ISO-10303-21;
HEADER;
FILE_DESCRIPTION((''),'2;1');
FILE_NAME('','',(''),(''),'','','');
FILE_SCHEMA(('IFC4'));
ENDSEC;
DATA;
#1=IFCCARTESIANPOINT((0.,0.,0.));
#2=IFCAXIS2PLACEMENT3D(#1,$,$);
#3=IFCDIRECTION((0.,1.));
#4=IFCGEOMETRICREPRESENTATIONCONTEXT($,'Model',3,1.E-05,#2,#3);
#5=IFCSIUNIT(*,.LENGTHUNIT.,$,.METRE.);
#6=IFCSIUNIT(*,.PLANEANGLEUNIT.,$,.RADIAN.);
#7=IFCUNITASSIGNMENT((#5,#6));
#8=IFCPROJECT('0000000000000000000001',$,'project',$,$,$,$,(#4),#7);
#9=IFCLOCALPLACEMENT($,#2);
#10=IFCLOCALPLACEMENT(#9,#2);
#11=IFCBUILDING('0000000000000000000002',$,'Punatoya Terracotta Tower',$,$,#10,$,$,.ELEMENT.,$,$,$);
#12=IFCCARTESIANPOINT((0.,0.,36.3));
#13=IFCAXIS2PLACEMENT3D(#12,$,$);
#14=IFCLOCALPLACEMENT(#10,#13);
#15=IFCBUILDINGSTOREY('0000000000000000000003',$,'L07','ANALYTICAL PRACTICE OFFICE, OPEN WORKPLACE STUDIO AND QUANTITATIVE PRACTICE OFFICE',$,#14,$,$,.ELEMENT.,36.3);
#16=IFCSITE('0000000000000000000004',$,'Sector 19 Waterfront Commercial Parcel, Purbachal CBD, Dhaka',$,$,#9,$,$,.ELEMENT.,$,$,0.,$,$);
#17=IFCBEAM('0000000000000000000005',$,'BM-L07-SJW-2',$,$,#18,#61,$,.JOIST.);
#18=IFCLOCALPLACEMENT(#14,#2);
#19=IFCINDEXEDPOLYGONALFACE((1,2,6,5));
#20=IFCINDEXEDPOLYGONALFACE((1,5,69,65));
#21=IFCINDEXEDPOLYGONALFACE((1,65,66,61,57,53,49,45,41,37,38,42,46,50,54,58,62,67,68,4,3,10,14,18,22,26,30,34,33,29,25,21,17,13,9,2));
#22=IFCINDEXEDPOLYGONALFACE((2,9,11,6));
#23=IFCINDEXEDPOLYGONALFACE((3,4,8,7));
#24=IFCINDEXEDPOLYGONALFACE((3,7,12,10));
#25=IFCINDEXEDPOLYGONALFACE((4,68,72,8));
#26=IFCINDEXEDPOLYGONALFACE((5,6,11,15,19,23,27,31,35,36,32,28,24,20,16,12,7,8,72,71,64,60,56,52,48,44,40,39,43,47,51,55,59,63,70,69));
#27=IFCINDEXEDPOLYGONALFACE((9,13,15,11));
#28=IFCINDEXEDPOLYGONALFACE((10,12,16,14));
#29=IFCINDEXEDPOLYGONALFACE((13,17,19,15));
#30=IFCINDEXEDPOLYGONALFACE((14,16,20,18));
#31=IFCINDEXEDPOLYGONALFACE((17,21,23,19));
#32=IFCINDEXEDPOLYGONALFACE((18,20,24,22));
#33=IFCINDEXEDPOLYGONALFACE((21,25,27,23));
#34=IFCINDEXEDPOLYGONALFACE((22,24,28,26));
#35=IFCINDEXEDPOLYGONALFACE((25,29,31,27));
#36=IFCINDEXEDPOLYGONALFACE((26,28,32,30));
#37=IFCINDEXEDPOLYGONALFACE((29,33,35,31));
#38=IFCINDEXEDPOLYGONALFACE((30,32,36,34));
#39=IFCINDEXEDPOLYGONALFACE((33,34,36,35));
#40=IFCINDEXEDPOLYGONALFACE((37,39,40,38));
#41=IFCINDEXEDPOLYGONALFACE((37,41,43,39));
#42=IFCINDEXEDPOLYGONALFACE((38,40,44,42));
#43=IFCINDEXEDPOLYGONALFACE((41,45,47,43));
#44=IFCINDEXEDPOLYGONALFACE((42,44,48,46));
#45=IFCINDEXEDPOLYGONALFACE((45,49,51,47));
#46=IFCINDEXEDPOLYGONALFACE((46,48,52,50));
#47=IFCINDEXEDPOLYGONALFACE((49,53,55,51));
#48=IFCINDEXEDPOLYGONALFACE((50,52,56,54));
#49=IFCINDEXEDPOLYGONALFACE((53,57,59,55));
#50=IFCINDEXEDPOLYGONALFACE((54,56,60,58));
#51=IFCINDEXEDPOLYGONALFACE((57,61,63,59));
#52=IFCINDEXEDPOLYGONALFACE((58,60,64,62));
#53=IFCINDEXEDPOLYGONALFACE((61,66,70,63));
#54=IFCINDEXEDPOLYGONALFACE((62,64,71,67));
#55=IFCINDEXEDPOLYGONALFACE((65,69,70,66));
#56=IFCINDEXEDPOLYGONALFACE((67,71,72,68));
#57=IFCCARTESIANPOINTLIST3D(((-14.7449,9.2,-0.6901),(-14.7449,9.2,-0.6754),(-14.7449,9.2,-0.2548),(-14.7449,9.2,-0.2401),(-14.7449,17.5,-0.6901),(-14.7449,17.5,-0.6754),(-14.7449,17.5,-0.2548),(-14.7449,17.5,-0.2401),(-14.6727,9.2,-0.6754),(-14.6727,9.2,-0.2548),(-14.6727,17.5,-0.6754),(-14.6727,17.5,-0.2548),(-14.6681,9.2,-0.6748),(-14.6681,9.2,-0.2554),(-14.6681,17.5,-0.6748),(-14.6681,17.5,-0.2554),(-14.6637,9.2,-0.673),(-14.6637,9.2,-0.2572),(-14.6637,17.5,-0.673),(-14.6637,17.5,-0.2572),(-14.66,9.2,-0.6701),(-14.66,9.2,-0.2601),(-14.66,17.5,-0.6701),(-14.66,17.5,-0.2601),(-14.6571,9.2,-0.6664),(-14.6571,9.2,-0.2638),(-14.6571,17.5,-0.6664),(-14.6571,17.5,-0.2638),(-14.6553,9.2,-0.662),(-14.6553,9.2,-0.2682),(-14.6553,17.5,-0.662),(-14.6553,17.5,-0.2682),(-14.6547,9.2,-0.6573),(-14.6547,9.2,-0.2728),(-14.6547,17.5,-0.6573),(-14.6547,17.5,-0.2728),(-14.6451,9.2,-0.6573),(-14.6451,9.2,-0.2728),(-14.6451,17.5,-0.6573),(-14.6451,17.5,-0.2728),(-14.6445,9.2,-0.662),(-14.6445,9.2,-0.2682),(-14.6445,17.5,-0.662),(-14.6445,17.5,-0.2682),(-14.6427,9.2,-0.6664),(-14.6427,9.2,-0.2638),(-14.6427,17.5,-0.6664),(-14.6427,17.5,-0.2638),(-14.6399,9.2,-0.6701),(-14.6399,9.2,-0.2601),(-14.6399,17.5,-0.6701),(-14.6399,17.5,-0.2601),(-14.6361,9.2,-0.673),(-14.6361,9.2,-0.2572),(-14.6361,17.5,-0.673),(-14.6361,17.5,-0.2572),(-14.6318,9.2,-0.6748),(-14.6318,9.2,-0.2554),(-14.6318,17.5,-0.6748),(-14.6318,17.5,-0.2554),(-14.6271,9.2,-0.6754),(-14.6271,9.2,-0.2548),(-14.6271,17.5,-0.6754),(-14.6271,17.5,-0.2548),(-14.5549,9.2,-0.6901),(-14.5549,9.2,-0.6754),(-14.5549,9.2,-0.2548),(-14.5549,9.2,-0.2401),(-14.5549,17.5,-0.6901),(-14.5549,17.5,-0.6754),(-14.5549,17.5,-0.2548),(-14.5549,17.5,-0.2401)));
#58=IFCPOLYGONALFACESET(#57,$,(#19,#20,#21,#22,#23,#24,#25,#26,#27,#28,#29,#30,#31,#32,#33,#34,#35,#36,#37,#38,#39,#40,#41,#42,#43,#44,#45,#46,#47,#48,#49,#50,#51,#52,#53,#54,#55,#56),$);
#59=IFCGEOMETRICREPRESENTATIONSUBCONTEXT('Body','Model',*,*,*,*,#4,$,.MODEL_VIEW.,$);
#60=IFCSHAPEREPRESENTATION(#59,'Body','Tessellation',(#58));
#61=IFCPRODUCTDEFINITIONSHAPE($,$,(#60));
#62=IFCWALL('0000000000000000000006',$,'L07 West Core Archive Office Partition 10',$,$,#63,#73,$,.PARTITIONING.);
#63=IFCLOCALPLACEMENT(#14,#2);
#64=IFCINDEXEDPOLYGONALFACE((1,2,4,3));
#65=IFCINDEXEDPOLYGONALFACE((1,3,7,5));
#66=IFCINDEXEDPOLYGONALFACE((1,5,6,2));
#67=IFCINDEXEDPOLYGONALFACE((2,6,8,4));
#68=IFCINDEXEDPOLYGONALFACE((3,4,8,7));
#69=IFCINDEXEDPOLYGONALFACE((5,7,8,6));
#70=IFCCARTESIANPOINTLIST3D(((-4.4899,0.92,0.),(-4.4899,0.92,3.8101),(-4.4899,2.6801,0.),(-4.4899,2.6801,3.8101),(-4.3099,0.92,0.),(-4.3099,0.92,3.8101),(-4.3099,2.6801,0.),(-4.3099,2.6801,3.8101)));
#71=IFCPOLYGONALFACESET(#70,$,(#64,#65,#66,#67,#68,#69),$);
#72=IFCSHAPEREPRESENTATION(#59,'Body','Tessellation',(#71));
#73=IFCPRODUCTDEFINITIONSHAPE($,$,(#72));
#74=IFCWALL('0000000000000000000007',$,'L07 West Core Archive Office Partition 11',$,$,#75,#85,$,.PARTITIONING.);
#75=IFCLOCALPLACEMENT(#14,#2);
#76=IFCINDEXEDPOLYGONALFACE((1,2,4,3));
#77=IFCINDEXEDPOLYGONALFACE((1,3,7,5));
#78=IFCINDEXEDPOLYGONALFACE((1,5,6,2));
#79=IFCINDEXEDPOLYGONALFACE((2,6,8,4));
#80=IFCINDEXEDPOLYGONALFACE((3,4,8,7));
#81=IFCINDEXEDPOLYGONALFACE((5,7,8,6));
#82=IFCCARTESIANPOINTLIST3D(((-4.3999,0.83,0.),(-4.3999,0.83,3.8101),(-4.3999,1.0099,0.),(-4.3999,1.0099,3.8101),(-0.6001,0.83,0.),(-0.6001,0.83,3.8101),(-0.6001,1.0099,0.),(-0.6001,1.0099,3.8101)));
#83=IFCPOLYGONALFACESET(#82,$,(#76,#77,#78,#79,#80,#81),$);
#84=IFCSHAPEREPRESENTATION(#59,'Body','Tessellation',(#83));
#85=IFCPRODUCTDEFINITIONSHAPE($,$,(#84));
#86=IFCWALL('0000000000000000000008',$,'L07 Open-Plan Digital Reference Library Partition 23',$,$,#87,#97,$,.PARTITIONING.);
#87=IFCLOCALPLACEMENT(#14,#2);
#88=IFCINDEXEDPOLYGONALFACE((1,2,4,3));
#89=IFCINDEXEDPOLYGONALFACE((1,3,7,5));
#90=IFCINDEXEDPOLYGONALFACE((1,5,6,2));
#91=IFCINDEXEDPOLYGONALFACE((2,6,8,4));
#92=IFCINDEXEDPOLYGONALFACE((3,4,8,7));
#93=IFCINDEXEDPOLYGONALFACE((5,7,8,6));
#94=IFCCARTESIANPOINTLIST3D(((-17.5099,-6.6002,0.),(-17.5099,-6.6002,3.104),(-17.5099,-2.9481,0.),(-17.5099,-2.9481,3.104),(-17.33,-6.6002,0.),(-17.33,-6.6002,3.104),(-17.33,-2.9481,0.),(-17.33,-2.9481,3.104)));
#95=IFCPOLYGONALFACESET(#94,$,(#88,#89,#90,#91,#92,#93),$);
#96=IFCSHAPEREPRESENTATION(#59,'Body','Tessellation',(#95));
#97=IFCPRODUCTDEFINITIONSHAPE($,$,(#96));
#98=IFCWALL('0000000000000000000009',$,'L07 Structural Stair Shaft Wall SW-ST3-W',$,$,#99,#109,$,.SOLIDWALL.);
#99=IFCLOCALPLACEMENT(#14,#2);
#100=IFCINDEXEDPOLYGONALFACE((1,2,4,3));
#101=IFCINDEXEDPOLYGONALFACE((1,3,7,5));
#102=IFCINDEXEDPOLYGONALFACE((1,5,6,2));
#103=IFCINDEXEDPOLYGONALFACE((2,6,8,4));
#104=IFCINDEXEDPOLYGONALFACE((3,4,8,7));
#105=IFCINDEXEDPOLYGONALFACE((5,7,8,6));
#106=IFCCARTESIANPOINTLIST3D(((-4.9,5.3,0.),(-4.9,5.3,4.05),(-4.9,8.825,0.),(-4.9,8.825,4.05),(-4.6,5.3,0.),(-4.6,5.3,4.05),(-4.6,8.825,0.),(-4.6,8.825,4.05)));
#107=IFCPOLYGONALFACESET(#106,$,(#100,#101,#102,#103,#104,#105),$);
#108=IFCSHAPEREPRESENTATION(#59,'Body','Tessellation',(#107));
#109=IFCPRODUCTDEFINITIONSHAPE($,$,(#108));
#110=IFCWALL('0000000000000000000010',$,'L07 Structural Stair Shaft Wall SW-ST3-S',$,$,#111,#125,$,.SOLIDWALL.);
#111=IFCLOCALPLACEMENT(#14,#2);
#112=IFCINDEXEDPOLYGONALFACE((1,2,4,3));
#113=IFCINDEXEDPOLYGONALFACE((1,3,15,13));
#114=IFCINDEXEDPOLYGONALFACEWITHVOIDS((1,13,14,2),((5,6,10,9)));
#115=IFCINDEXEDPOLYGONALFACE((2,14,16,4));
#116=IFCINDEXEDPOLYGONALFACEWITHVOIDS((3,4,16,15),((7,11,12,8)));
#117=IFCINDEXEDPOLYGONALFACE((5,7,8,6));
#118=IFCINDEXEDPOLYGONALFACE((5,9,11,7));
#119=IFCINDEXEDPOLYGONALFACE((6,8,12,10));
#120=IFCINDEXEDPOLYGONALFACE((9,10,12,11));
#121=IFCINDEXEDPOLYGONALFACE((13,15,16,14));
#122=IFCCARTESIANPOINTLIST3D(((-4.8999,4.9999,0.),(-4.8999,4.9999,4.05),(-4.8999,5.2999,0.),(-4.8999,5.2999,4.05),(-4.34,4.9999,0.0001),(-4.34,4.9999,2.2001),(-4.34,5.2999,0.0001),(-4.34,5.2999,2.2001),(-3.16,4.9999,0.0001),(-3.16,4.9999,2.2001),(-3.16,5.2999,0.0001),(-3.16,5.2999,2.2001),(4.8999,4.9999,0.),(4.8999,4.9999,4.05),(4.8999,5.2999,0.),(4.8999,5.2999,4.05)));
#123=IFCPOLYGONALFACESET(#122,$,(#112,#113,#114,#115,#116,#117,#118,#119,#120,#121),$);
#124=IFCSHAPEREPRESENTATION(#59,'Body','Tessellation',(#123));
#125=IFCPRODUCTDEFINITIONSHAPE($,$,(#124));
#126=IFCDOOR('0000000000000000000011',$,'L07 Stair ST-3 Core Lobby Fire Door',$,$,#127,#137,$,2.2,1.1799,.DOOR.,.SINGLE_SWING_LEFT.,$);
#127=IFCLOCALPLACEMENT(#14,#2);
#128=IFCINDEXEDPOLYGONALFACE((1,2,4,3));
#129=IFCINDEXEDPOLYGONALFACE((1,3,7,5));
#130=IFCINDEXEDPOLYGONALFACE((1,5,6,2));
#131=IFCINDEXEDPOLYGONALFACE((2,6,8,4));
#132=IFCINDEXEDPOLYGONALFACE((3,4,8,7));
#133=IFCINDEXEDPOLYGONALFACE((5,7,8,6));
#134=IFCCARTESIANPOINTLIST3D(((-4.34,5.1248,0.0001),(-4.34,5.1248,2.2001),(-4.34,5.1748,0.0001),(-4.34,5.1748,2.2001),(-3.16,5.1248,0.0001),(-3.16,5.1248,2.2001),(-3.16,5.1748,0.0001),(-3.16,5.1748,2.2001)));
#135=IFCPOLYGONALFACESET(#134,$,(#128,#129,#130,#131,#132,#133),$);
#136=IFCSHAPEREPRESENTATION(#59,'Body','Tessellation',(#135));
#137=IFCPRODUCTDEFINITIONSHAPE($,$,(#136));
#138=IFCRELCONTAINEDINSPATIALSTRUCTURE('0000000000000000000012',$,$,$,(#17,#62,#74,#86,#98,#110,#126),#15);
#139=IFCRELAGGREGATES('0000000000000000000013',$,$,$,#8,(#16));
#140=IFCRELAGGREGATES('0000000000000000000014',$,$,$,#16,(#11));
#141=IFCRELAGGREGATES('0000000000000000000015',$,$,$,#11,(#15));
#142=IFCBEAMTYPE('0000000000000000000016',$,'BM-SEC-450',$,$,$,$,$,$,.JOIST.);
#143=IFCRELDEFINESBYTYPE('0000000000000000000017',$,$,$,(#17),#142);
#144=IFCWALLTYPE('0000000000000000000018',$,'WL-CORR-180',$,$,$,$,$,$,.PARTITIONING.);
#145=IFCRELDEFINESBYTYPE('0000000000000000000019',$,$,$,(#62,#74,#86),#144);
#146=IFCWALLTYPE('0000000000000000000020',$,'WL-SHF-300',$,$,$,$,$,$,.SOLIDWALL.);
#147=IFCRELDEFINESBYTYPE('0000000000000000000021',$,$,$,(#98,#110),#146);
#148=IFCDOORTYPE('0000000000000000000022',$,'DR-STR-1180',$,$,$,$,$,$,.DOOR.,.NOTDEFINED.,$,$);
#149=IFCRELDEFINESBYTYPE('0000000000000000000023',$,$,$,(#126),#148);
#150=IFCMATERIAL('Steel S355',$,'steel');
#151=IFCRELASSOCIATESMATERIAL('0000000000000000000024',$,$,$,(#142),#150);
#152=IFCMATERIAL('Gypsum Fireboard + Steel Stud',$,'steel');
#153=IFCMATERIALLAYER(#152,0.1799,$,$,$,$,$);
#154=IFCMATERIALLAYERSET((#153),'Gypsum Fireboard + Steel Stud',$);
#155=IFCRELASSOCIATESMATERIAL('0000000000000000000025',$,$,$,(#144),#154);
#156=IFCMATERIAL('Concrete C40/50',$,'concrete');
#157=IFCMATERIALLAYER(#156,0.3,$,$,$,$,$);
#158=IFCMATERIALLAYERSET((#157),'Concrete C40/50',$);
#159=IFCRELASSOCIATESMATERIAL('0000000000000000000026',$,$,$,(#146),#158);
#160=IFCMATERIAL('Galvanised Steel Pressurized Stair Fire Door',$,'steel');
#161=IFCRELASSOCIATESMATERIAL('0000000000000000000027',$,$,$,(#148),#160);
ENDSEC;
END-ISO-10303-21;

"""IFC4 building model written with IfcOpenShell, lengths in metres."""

from ifc_helpers import new_model, si_unit, direction, frame, frame_2d, origin, origin_2d, place, context, subcontext, project, spatial, rectangle, i_section, extrude, material, layer, layer_set, material_profile, profile_set, type_object, element, fill, save


model = new_model("IFC4")

# Units and contexts
model_context = context("Model", 3, precision=1e-05, world=origin(), true_north=direction((0.0, 1.0)))
body_context = subcontext(model_context, "Body", "Model", "MODEL_VIEW")
ifc_project = project(units=[si_unit("LENGTHUNIT", "METRE"), si_unit("PLANEANGLEUNIT", "RADIAN")], contexts=[model_context])

# Site, building, storey
site_placement = place(None, origin())
site = spatial("IfcSite", under=ifc_project, at=site_placement, Name="Sector 19 Waterfront Commercial Parcel, Purbachal CBD, Dhaka", CompositionType="ELEMENT", RefElevation=0.0)
building_placement = place(site_placement, origin())
building = spatial("IfcBuilding", under=site, at=building_placement, Name="Punatoya Terracotta Tower", CompositionType="ELEMENT")
storey_placement = place(building_placement, frame((0.0, 0.0, 36.3)))
storey = spatial("IfcBuildingStorey", under=building, at=storey_placement, Name="L07", Description="ANALYTICAL PRACTICE OFFICE, OPEN WORKPLACE STUDIO AND QUANTITATIVE PRACTICE OFFICE", CompositionType="ELEMENT", Elevation=36.3)

# Beam
ifc_material_1 = material(Name="Steel S355", Category="steel")
ifc_material_profile_1 = material_profile(ifc_material_1, i_section(OverallWidth=0.1899, OverallDepth=0.45, WebThickness=0.0095, FlangeThickness=0.0146, FilletRadius=0.0181, at=origin_2d()))
ifc_profile_set_1 = profile_set([ifc_material_profile_1], Name="Steel S355")
beam_type_1 = type_object("IfcBeamType", Name="BM-SEC-450", PredefinedType="JOIST", material=ifc_profile_set_1)
beam_1_placement = place(storey_placement, frame((-14.6499, 9.2, -0.4651), z_axis=(0.0, 1.0, 0.0), x_axis=(-1.0, 0.0, 0.0)))
element("IfcBeam", 1, at=beam_1_placement, inside=storey, type_object=beam_type_1, Name="BM-L07-SJW-2", PredefinedType="JOIST", context=body_context, shape_type="SweptSolid", body=[
    extrude(i_section(OverallWidth=0.1899, OverallDepth=0.45, WebThickness=0.0095, FlangeThickness=0.0146, FilletRadius=0.0181, at=origin_2d()), origin(), (0.0, 0.0, 1.0), 8.3),
])

# Walls
ifc_material_2 = material(Name="Gypsum Fireboard + Steel Stud", Category="steel")
ifc_layer_1 = layer(ifc_material_2, 0.1799)
ifc_layer_set_1 = layer_set([ifc_layer_1], Name="Gypsum Fireboard + Steel Stud")
wall_type_1 = type_object("IfcWallType", Name="WL-CORR-180", PredefinedType="PARTITIONING", material=ifc_layer_set_1)
wall_1_placement = place(storey_placement, frame((-4.3999, 2.6799, 0.0), z_axis=(0.0, 0.0, 1.0), x_axis=(0.0, -1.0, 0.0)))
element("IfcWall", 2, at=wall_1_placement, inside=storey, type_object=wall_type_1, Name="L07 West Core Archive Office Partition 10", PredefinedType="PARTITIONING", context=body_context, shape_type="SweptSolid", body=[
    extrude(rectangle(XDim=1.76, YDim=0.1799, at=frame_2d((0.8799, 0.0))), origin(), (0.0, 0.0, 1.0), 3.8101),
])
wall_2_placement = place(storey_placement, frame((-4.3999, 0.9199, 0.0), z_axis=(0.0, 0.0, 1.0), x_axis=(1.0, 0.0, 0.0)))
element("IfcWall", 3, at=wall_2_placement, inside=storey, type_object=wall_type_1, Name="L07 West Core Archive Office Partition 11", PredefinedType="PARTITIONING", context=body_context, shape_type="SweptSolid", body=[
    extrude(rectangle(XDim=3.7998, YDim=0.1799, at=frame_2d((1.8999, 0.0))), origin(), (0.0, 0.0, 1.0), 3.8101),
])
wall_3_placement = place(storey_placement, frame((-17.4199, -2.948, 0.0), z_axis=(0.0, 0.0, 1.0), x_axis=(0.0, -1.0, 0.0)))
element("IfcWall", 4, at=wall_3_placement, inside=storey, type_object=wall_type_1, Name="L07 Open-Plan Digital Reference Library Partition 23", PredefinedType="PARTITIONING", context=body_context, shape_type="SweptSolid", body=[
    extrude(rectangle(XDim=3.6521, YDim=0.1799, at=frame_2d((1.8262, 0.0))), origin(), (0.0, 0.0, 1.0), 3.104),
])
ifc_material_3 = material(Name="Concrete C40/50", Category="concrete")
ifc_layer_2 = layer(ifc_material_3, 0.3)
ifc_layer_set_2 = layer_set([ifc_layer_2], Name="Concrete C40/50")
wall_type_2 = type_object("IfcWallType", Name="WL-SHF-300", PredefinedType="SOLIDWALL", material=ifc_layer_set_2)
wall_4_placement = place(storey_placement, frame((-4.75, 5.3, 0.0), z_axis=(0.0, 0.0, 1.0), x_axis=(0.0, 1.0, 0.0)))
element("IfcWall", 5, at=wall_4_placement, inside=storey, type_object=wall_type_2, Name="L07 Structural Stair Shaft Wall SW-ST3-W", PredefinedType="SOLIDWALL", context=body_context, shape_type="SweptSolid", body=[
    extrude(rectangle(XDim=3.5249, YDim=0.3, at=frame_2d((1.7625, 0.0))), origin(), (0.0, 0.0, 1.0), 4.05),
])

# Wall, opening, door
wall_5_placement = place(storey_placement, frame((-4.8999, 5.1499, 0.0), z_axis=(0.0, 0.0, 1.0), x_axis=(1.0, 0.0, 0.0)))
wall_5 = element("IfcWall", 6, at=wall_5_placement, inside=storey, type_object=wall_type_2, Name="L07 Structural Stair Shaft Wall SW-ST3-S", PredefinedType="SOLIDWALL", context=body_context, shape_type="SweptSolid", body=[
    extrude(rectangle(XDim=9.7998, YDim=0.3, at=frame_2d((4.8999, 0.0))), origin(), (0.0, 0.0, 1.0), 4.05),
])
opening_1_placement = place(wall_5_placement, frame((0.5601, 0.0, 0.0)))
opening_1 = element("IfcOpeningElement", 7, at=opening_1_placement, cuts=wall_5, PredefinedType="OPENING", context=body_context, shape_type="SweptSolid", body=[
    extrude(rectangle(XDim=1.1799, YDim=2.2, at=frame_2d((0.5898, 1.1001))), frame((0.0, 0.1599, 0.0), z_axis=(0.0, -1.0, 0.0), x_axis=(1.0, 0.0, 0.0)), (0.0, 0.0, 1.0), 0.3201),
])
ifc_material_4 = material(Name="Galvanised Steel Pressurized Stair Fire Door", Category="steel")
door_type_1 = type_object("IfcDoorType", Name="DR-STR-1180", OperationType="NOTDEFINED", PredefinedType="DOOR", material=ifc_material_4)
door_1_placement = place(opening_1_placement, origin())
door_1 = element("IfcDoor", 8, at=door_1_placement, inside=storey, type_object=door_type_1, Name="L07 Stair ST-3 Core Lobby Fire Door", OperationType="SINGLE_SWING_LEFT", OverallHeight=2.2, OverallWidth=1.1799, PredefinedType="DOOR", context=body_context, shape_type="SweptSolid", body=[
    extrude(rectangle(XDim=1.1799, YDim=2.2, at=frame_2d((0.5898, 1.1001))), frame((0.0, 0.0249, 0.0), z_axis=(0.0, -1.0, 0.0), x_axis=(1.0, 0.0, 0.0)), (0.0, 0.0, 1.0), 0.05),
])
fill(opening_1, door_1)

save(model, "model.ifc")
